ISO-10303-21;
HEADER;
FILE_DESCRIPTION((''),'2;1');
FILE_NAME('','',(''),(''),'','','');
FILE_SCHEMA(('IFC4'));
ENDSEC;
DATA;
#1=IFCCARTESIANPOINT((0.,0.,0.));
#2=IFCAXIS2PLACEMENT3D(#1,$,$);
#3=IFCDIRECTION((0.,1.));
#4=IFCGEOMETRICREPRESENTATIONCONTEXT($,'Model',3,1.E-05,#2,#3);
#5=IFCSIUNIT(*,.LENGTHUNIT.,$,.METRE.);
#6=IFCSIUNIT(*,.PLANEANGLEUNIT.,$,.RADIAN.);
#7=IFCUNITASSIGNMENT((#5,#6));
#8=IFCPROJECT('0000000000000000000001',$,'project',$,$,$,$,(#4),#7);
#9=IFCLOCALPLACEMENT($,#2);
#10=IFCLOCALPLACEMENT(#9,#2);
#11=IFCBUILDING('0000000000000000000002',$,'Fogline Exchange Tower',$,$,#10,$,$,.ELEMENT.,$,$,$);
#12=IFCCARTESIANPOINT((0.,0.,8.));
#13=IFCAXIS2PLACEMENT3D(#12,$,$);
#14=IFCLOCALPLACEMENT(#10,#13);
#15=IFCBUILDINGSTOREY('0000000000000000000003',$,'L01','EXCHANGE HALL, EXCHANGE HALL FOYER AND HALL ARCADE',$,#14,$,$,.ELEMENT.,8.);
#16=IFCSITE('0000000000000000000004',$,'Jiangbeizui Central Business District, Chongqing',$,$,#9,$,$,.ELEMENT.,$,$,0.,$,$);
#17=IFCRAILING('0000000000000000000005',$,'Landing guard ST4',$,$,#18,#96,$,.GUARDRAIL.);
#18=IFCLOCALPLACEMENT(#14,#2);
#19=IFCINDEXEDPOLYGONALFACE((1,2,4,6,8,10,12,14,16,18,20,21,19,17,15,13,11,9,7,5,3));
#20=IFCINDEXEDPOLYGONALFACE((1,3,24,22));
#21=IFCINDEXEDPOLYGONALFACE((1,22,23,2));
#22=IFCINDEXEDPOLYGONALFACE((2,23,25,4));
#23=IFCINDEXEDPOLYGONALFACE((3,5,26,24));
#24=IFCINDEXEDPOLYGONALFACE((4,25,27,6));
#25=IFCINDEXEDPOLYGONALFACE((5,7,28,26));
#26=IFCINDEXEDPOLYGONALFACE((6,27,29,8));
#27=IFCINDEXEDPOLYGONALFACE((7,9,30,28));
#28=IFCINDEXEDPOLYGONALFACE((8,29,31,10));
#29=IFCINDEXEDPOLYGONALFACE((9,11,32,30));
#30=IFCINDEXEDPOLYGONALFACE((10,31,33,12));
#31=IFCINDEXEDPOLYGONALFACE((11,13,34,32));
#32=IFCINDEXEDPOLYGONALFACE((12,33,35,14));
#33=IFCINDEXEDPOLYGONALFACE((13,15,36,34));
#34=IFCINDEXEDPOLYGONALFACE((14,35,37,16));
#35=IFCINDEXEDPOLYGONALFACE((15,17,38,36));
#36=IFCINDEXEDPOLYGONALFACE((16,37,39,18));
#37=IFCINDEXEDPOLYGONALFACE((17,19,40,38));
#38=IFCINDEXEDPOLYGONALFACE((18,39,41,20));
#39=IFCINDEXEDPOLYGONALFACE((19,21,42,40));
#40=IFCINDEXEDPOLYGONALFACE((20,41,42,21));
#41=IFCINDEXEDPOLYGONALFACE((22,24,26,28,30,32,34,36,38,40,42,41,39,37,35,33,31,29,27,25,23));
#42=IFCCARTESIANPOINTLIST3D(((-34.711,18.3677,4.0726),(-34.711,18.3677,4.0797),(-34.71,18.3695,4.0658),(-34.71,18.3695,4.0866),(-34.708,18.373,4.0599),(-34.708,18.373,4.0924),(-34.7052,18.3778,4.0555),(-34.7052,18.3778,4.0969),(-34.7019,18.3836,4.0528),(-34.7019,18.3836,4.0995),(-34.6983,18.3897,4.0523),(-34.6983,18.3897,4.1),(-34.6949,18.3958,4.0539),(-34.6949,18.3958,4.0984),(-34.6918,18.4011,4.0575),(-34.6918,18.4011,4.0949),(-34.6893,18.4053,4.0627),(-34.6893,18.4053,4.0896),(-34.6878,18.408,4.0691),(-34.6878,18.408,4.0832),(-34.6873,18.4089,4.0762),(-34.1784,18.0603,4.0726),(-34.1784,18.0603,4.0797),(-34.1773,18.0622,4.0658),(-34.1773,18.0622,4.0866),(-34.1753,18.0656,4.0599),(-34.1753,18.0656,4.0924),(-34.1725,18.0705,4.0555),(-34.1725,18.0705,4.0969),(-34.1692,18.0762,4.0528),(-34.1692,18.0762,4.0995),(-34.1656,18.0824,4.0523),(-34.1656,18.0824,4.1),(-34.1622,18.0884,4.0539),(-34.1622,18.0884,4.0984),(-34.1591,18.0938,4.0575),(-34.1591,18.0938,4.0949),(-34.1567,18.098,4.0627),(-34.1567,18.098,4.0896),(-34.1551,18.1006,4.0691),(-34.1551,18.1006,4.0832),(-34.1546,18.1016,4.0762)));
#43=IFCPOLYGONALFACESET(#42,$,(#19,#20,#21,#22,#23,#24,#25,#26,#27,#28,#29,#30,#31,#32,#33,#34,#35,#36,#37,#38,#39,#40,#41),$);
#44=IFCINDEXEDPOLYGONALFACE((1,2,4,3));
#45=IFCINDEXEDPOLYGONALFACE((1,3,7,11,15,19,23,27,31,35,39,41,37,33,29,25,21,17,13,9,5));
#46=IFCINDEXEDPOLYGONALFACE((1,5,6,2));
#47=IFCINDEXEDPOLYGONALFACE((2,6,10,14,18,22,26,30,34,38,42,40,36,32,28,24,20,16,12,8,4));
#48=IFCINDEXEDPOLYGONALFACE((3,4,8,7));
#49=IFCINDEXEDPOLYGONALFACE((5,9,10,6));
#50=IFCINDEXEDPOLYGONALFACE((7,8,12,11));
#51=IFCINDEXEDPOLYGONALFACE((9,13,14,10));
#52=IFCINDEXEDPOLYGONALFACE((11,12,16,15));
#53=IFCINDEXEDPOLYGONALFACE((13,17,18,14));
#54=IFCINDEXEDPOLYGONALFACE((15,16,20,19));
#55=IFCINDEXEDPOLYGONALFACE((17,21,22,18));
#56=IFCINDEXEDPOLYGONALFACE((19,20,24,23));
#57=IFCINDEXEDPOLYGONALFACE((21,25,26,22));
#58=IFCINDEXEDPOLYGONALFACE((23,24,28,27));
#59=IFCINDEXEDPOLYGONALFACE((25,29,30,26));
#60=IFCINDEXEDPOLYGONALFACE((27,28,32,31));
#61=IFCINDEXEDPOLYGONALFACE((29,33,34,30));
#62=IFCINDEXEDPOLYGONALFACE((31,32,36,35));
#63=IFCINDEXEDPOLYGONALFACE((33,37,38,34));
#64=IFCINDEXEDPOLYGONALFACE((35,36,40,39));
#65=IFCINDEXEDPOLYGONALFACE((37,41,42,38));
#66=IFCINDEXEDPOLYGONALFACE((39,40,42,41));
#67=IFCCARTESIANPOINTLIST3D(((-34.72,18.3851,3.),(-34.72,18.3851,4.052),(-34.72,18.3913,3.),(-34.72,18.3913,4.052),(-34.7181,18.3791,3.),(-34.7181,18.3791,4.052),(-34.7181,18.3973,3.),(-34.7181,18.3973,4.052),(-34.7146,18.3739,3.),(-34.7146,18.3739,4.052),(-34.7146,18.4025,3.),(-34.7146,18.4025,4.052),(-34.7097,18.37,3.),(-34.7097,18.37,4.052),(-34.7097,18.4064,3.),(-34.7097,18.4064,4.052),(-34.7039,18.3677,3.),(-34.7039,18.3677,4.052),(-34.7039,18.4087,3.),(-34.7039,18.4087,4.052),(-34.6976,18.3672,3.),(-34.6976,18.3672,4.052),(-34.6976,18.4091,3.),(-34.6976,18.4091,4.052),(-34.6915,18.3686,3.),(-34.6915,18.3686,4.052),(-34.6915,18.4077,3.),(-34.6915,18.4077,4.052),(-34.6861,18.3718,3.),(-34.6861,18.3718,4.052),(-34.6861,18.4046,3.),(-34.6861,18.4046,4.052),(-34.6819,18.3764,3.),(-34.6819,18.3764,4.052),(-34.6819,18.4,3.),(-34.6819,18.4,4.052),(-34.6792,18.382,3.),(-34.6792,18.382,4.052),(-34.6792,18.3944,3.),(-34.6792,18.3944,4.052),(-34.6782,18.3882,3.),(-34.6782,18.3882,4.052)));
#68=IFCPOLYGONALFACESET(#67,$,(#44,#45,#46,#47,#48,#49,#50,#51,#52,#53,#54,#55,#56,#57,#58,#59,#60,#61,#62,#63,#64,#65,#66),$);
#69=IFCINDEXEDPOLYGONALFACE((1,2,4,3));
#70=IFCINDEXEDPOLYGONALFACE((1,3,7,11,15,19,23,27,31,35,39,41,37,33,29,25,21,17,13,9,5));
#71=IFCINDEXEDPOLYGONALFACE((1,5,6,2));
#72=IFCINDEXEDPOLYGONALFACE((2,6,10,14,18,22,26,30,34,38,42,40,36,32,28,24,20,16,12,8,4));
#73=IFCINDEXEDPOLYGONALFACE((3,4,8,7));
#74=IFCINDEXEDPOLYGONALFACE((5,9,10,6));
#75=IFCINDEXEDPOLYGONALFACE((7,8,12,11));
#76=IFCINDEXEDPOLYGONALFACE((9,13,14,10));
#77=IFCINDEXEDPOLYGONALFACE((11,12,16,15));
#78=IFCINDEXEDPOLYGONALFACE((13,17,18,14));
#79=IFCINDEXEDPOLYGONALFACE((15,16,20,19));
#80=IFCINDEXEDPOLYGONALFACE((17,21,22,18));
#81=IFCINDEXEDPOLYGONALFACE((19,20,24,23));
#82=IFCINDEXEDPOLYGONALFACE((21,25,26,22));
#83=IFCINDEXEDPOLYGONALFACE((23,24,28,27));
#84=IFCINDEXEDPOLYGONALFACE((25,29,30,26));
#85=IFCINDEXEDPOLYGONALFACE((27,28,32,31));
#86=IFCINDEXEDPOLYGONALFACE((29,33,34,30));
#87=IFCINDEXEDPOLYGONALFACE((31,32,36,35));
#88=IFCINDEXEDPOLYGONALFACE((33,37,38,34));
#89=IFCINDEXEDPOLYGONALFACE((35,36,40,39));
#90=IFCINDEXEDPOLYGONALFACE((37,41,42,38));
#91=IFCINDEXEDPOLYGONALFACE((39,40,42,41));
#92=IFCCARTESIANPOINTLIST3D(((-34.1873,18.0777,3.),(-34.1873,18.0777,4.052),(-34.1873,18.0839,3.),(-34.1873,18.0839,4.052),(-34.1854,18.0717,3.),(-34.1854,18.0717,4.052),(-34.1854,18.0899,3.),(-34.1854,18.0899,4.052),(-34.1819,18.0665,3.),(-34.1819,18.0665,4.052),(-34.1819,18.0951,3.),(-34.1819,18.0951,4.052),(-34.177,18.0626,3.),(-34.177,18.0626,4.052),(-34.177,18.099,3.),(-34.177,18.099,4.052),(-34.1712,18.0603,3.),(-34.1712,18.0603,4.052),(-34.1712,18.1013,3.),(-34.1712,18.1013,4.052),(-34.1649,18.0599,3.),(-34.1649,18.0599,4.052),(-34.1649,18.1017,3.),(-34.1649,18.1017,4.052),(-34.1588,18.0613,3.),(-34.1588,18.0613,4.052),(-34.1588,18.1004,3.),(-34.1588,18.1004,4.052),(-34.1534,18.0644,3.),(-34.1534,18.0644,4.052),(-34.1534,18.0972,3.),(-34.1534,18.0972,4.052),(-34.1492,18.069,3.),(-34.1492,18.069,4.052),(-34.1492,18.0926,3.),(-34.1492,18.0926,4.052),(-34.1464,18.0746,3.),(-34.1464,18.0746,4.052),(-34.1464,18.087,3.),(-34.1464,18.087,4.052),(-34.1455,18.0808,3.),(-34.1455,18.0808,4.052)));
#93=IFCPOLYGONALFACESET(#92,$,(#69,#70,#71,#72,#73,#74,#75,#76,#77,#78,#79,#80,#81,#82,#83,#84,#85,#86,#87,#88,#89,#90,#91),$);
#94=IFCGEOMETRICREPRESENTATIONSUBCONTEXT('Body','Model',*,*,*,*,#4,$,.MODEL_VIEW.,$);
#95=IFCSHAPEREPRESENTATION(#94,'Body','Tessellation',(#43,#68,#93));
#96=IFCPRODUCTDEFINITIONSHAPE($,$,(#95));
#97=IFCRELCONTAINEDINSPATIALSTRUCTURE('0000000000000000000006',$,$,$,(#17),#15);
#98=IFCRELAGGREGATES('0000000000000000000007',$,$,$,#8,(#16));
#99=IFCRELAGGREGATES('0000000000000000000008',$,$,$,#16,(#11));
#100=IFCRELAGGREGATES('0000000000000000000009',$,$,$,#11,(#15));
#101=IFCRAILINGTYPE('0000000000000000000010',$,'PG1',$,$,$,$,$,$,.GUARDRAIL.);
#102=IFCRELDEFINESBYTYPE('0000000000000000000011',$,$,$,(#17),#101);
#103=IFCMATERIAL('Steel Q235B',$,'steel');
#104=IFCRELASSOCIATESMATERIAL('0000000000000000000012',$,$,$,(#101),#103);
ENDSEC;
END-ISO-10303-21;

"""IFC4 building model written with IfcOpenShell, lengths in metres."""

from ifc_helpers import new_model, si_unit, direction, frame, origin, origin_2d, place, context, subcontext, project, spatial, circle, extrude, material, type_object, element, save


model = new_model("IFC4")

# Units and contexts
model_context = context("Model", 3, precision=1e-05, world=origin(), true_north=direction((0.0, 1.0)))
body_context = subcontext(model_context, "Body", "Model", "MODEL_VIEW")
ifc_project = project(units=[si_unit("LENGTHUNIT", "METRE"), si_unit("PLANEANGLEUNIT", "RADIAN")], contexts=[model_context])

# Site, building, storey
site_placement = place(None, origin())
site = spatial("IfcSite", under=ifc_project, at=site_placement, Name="Jiangbeizui Central Business District, Chongqing", CompositionType="ELEMENT", RefElevation=0.0)
building_placement = place(site_placement, origin())
building = spatial("IfcBuilding", under=site, at=building_placement, Name="Fogline Exchange Tower", CompositionType="ELEMENT")
storey_placement = place(building_placement, frame((0.0, 0.0, 8.0)))
storey = spatial("IfcBuildingStorey", under=building, at=storey_placement, Name="L01", Description="EXCHANGE HALL, EXCHANGE HALL FOYER AND HALL ARCADE", CompositionType="ELEMENT", Elevation=8.0)

# Railing
ifc_material_1 = material(Name="Steel Q235B", Category="steel")
railing_type_1 = type_object("IfcRailingType", Name="PG1", PredefinedType="GUARDRAIL", material=ifc_material_1)
railing_1_placement = place(storey_placement, frame((-34.6992, 18.3882, 3.0)))
element("IfcRailing", 1, at=railing_1_placement, inside=storey, type_object=railing_type_1, Name="Landing guard ST4", PredefinedType="GUARDRAIL", context=body_context, shape_type="SweptSolid", body=[
    extrude(circle(Radius=0.0239, at=origin_2d()), frame((0.0, 0.0, 1.0762), z_axis=(0.866159, -0.499768, 0.0), x_axis=(0.499768, 0.866159, 0.0)), (0.0, 0.0, 1.0), 0.615),
    extrude(circle(Radius=0.021, at=origin_2d()), origin(), (0.0, 0.0, 1.0), 1.052),
    extrude(circle(Radius=0.021, at=origin_2d()), frame((0.5327, -0.3074, 0.0)), (0.0, 0.0, 1.0), 1.052),
])

save(model, "model.ifc")
